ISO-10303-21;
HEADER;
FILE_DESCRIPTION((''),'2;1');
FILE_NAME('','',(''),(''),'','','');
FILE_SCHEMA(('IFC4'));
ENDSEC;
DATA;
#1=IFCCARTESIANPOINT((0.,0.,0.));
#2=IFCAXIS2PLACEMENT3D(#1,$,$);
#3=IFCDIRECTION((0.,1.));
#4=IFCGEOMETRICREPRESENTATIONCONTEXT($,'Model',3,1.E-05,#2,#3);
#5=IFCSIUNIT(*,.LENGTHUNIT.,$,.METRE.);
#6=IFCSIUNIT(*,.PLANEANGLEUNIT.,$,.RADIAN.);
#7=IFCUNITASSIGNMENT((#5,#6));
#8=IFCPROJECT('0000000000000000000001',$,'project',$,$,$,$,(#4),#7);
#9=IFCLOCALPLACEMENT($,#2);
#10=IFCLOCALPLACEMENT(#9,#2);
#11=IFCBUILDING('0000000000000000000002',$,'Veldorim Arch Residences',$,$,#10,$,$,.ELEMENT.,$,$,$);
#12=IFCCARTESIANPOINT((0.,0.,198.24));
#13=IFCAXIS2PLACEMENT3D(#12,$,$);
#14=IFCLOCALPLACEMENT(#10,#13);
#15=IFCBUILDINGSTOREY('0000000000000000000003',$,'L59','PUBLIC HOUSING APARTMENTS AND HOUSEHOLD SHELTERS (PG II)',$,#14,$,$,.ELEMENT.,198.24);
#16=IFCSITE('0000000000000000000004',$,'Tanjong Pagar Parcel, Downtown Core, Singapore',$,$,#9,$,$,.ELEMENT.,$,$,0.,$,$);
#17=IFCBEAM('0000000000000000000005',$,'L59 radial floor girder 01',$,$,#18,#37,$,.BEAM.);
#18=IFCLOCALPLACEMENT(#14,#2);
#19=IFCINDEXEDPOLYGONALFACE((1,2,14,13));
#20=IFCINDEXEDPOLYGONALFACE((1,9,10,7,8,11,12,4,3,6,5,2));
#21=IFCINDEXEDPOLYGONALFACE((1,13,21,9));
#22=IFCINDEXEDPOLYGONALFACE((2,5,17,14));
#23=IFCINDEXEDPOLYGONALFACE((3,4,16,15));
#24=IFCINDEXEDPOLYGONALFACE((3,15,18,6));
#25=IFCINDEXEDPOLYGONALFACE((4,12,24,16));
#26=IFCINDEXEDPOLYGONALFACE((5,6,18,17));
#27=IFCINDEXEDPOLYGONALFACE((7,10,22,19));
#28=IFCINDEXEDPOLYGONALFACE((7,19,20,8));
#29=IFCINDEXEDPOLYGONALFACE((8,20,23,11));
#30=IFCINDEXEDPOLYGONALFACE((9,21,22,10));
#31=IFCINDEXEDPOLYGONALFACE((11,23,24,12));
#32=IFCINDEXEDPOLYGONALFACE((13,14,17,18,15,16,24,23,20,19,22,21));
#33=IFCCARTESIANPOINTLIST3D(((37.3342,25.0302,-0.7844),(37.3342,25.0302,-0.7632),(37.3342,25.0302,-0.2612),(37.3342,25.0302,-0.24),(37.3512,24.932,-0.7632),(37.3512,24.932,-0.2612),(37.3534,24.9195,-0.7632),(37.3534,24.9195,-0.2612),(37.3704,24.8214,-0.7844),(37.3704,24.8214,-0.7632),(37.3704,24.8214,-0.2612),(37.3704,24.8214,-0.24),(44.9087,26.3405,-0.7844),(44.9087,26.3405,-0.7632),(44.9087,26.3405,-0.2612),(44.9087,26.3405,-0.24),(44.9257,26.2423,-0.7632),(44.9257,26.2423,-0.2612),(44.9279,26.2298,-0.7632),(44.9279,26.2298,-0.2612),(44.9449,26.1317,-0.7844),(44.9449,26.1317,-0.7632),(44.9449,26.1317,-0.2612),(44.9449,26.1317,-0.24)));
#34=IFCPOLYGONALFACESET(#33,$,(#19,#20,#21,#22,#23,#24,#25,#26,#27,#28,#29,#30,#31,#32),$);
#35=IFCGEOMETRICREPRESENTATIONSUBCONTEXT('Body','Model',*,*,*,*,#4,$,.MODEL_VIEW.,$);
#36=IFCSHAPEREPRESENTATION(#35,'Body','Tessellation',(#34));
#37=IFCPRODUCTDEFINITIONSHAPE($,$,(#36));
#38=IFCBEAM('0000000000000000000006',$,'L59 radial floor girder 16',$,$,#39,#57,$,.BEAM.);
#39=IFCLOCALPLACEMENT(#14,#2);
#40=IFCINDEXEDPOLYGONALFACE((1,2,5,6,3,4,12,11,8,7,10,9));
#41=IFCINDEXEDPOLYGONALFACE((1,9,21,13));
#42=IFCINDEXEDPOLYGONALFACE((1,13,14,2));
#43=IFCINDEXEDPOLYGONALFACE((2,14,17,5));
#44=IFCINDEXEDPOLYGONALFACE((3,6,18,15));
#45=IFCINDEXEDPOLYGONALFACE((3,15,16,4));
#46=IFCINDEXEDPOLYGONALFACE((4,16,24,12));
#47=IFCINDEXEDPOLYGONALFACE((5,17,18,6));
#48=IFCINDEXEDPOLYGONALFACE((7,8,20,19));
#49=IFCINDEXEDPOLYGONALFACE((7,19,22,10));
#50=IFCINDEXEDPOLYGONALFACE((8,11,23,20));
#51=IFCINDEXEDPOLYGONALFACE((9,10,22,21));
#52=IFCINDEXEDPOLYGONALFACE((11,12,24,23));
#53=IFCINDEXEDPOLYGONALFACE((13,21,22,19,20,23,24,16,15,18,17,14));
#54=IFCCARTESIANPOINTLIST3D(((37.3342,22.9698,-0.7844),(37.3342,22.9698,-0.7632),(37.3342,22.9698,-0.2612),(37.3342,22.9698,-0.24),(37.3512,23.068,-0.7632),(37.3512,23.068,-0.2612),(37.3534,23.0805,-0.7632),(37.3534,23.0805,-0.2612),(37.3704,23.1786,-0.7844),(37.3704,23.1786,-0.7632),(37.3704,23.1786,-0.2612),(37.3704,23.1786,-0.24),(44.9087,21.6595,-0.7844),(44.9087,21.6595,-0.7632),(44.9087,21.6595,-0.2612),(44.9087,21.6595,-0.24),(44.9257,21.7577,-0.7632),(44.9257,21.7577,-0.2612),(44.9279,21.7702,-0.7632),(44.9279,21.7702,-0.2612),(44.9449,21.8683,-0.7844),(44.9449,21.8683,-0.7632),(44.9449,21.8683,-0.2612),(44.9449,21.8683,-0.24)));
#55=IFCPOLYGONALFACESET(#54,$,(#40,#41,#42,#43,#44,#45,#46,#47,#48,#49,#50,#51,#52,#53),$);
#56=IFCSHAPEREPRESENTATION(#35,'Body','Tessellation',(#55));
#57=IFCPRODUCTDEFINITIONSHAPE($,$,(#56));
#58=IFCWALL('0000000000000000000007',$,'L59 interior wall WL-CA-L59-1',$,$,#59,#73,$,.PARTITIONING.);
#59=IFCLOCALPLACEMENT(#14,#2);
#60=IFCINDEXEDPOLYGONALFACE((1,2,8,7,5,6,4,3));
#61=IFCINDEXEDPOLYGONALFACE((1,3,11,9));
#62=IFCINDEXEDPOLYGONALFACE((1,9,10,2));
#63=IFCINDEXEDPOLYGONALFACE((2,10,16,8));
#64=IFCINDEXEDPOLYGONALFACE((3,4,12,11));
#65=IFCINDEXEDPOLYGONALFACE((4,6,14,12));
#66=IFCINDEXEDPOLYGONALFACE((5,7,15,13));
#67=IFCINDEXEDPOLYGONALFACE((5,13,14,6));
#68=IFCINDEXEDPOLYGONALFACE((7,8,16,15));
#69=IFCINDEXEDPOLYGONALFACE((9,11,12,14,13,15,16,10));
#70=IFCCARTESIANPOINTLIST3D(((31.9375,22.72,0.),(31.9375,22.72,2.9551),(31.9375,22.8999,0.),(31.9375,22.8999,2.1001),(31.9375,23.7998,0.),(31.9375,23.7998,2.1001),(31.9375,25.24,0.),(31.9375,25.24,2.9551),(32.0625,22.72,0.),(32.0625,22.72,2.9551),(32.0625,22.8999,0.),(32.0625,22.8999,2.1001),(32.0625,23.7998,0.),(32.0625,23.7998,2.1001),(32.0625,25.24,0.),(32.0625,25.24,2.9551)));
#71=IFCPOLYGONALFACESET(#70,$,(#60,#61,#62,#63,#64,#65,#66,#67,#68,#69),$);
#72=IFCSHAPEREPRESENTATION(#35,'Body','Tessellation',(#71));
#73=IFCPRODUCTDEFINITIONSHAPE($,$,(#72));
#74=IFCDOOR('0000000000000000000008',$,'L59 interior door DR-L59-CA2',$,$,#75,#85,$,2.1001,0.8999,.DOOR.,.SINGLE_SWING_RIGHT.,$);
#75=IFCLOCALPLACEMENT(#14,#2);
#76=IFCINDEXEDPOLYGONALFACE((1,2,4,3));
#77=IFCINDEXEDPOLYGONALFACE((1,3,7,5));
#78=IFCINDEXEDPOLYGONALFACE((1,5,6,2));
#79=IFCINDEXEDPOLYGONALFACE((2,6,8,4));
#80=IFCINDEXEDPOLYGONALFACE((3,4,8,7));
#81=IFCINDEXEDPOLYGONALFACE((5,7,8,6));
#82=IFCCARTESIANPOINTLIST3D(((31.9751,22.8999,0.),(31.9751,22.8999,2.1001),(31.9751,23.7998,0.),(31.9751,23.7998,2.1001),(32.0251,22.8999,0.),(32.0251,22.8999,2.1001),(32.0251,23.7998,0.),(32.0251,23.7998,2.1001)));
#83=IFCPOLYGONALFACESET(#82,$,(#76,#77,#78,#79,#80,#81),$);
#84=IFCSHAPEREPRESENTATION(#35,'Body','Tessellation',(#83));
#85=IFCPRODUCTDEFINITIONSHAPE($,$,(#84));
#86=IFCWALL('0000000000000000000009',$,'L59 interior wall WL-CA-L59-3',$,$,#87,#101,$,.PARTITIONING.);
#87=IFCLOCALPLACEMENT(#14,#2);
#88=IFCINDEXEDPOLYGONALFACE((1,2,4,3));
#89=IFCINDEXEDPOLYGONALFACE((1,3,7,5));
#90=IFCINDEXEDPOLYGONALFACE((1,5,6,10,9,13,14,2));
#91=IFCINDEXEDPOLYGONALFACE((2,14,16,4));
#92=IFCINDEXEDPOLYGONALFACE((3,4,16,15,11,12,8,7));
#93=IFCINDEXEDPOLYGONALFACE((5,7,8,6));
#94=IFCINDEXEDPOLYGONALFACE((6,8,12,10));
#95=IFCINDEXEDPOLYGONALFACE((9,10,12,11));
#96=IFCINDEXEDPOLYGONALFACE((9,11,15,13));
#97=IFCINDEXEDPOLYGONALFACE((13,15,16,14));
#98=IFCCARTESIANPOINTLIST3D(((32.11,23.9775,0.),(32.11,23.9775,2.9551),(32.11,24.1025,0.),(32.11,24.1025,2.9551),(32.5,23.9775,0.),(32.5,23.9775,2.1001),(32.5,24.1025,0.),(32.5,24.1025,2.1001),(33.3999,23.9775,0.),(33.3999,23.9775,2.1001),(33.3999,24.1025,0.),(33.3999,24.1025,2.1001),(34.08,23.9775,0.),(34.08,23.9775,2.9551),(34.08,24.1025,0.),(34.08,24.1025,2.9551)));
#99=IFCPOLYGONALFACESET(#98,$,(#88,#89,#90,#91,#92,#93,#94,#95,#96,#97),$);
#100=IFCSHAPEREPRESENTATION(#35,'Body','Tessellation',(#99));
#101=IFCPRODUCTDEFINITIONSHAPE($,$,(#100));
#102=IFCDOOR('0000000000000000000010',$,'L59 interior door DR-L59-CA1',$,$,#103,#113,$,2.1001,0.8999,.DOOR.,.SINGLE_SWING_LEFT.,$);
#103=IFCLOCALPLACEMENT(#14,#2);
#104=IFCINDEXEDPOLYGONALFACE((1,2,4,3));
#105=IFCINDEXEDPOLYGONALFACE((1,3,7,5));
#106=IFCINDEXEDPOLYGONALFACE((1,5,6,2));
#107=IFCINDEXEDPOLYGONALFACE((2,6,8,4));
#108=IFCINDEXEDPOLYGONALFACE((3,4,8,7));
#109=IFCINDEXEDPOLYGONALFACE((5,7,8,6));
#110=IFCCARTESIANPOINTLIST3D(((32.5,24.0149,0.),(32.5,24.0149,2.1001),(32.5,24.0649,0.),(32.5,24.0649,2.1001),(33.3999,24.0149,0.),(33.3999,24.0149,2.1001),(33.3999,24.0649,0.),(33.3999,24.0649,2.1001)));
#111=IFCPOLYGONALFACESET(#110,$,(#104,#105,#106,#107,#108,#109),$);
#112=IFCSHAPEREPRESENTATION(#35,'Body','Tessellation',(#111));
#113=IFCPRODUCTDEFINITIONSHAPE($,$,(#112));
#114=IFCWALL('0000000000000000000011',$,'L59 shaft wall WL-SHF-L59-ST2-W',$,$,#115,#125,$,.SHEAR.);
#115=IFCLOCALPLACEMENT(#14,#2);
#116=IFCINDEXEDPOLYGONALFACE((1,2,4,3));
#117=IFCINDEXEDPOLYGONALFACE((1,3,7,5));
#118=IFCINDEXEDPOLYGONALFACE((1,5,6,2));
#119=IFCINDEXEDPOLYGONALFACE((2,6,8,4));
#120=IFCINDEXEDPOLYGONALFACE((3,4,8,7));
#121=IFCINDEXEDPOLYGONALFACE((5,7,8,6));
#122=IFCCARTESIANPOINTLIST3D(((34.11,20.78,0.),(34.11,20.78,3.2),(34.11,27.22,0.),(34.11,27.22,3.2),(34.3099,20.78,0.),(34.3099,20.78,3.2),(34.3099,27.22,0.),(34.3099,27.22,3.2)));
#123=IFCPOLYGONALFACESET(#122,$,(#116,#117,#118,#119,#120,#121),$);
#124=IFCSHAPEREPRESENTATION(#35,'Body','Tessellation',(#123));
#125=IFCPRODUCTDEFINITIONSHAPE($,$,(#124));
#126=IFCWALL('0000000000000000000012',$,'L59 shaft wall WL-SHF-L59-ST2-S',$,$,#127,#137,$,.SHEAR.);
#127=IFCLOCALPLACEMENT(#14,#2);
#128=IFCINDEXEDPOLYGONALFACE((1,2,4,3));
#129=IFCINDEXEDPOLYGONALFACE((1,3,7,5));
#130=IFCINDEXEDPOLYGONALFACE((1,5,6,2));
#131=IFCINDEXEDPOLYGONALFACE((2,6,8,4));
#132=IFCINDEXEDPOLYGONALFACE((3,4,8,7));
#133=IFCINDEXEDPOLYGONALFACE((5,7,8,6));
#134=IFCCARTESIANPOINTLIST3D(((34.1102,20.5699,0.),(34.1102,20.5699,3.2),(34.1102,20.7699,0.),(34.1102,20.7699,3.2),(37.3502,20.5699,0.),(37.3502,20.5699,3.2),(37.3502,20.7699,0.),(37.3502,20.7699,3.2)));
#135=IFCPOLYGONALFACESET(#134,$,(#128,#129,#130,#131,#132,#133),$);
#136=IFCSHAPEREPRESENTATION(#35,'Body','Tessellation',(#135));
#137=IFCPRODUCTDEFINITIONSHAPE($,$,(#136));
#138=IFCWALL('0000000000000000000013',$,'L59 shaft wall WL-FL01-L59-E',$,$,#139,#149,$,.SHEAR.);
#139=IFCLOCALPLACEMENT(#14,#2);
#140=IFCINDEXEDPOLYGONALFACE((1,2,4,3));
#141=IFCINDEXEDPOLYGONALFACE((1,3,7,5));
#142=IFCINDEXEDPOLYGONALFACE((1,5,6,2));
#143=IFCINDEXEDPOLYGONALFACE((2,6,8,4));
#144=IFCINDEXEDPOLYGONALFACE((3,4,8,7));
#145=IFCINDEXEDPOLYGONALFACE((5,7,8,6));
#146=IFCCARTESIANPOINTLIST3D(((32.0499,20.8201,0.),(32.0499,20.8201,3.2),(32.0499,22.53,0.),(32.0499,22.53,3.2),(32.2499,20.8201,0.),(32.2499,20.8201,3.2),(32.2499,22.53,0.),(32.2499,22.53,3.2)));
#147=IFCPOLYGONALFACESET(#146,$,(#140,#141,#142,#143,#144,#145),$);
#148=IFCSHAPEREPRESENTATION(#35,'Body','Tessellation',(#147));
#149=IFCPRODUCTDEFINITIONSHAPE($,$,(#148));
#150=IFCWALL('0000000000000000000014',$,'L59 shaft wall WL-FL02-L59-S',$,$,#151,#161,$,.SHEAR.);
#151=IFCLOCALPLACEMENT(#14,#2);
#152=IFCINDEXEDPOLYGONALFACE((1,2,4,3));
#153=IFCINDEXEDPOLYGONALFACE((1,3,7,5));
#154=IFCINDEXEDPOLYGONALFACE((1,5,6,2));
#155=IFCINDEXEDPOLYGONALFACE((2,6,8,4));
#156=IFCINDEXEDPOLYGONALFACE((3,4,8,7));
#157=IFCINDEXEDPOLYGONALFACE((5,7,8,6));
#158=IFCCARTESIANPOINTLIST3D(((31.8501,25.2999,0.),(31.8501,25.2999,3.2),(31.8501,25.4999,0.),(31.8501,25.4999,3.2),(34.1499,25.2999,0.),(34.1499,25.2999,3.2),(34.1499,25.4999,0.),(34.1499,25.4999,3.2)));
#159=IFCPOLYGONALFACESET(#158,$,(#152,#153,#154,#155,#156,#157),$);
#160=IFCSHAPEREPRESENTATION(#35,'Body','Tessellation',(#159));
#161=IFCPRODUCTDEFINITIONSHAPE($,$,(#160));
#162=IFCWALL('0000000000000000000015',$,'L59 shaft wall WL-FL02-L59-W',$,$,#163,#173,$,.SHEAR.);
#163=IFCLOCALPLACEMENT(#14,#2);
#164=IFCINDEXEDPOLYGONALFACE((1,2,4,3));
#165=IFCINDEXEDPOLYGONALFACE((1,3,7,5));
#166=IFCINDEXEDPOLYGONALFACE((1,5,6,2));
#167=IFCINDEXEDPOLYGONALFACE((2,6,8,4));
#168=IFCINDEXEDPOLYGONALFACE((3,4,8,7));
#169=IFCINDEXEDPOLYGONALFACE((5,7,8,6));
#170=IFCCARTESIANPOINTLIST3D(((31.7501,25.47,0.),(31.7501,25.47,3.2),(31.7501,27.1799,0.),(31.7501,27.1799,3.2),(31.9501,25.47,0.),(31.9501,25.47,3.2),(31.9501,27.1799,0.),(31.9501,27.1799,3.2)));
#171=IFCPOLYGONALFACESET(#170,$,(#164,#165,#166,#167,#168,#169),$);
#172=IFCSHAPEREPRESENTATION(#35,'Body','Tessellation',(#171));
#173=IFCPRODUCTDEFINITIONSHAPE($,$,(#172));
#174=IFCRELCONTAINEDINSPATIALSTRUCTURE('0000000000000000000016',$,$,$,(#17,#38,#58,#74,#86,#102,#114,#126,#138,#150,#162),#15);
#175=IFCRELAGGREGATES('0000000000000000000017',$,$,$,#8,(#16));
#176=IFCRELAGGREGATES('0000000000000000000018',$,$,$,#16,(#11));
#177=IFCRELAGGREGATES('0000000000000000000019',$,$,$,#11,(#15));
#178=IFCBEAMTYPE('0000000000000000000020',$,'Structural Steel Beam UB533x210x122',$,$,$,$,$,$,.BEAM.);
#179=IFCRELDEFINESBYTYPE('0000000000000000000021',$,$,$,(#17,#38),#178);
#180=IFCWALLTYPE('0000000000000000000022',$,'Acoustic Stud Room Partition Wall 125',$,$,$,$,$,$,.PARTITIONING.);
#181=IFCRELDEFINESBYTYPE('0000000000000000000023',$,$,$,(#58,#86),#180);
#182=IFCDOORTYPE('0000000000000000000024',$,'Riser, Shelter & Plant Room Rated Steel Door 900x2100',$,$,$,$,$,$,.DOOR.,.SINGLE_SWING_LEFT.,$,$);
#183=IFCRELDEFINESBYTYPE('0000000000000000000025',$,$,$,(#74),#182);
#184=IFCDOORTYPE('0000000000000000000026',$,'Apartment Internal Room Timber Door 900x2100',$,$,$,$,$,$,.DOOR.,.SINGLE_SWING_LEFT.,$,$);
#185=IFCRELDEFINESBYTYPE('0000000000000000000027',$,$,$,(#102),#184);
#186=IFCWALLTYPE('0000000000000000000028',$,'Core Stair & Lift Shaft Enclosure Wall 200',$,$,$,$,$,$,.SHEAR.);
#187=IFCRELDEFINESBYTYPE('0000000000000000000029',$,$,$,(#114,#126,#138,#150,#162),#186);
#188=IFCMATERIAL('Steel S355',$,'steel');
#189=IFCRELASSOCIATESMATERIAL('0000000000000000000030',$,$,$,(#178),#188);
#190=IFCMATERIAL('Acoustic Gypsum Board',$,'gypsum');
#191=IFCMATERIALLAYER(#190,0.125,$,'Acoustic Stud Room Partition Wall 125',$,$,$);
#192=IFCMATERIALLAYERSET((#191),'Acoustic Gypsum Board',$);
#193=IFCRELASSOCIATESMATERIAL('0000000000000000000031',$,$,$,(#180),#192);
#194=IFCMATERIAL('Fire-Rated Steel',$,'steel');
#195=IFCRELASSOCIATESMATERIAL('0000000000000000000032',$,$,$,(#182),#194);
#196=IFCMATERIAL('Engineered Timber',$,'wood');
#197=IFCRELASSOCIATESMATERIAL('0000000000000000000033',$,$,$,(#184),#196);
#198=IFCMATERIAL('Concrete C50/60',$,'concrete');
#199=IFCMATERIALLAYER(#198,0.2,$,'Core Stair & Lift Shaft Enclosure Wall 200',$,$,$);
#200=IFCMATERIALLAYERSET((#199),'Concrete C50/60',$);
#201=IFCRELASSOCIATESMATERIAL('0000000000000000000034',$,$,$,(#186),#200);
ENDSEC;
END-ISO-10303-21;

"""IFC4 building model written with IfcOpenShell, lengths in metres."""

from ifc_helpers import new_model, si_unit, direction, frame, frame_2d, origin, origin_2d, place, context, subcontext, project, spatial, rectangle, i_section, extrude, material, layer, layer_set, material_profile, profile_set, type_object, element, fill, save


model = new_model("IFC4")

# Units and contexts
model_context = context("Model", 3, precision=1e-05, world=origin(), true_north=direction((0.0, 1.0)))
body_context = subcontext(model_context, "Body", "Model", "MODEL_VIEW")
ifc_project = project(units=[si_unit("LENGTHUNIT", "METRE"), si_unit("PLANEANGLEUNIT", "RADIAN")], contexts=[model_context])

# Site, building, storey
site_placement = place(None, origin())
site = spatial("IfcSite", under=ifc_project, at=site_placement, Name="Tanjong Pagar Parcel, Downtown Core, Singapore", CompositionType="ELEMENT", RefElevation=0.0)
building_placement = place(site_placement, origin())
building = spatial("IfcBuilding", under=site, at=building_placement, Name="Veldorim Arch Residences", CompositionType="ELEMENT")
storey_placement = place(building_placement, frame((0.0, 0.0, 198.24)))
storey = spatial("IfcBuildingStorey", under=building, at=storey_placement, Name="L59", Description="PUBLIC HOUSING APARTMENTS AND HOUSEHOLD SHELTERS (PG II)", CompositionType="ELEMENT", Elevation=198.24)

# Beams
ifc_material_1 = material(Name="Steel S355", Category="steel")
ifc_material_profile = material_profile(ifc_material_1, i_section(OverallWidth=0.2119, OverallDepth=0.5444, WebThickness=0.0127, FlangeThickness=0.0212, at=origin_2d()), Name="UB533x210x122")
ifc_profile_set = profile_set([ifc_material_profile], Name="Steel S355")
beam_type = type_object("IfcBeamType", Name="Structural Steel Beam UB533x210x122", PredefinedType="BEAM", material=ifc_profile_set)
for number, where, z_axis, x_axis, name in (
    (1, (37.3523, 24.9258, -0.5122), (0.985365, 0.170458, 0.0), (-0.170458, 0.985365, 0.0), "L59 radial floor girder 01"),
    (2, (37.3523, 23.0742, -0.5122), (0.985365, -0.170458, 0.0), (0.170458, 0.985365, 0.0), "L59 radial floor girder 16"),
):
    element("IfcBeam", number, at=place(storey_placement, frame(where, z_axis=z_axis, x_axis=x_axis)), inside=storey, type_object=beam_type, Name=name, PredefinedType="BEAM", context=body_context, shape_type="SweptSolid", body=[
        extrude(i_section(OverallWidth=0.2119, OverallDepth=0.5444, WebThickness=0.0127, FlangeThickness=0.0212, at=origin_2d()), origin(), (0.0, 0.0, 1.0), 7.687),
    ])

# Walls, openings, doors
ifc_material_2 = material(Name="Acoustic Gypsum Board", Category="gypsum")
ifc_layer_1 = layer(ifc_material_2, 0.125, Name="Acoustic Stud Room Partition Wall 125")
ifc_layer_set_1 = layer_set([ifc_layer_1], Name="Acoustic Gypsum Board")
wall_type_1 = type_object("IfcWallType", Name="Acoustic Stud Room Partition Wall 125", PredefinedType="PARTITIONING", material=ifc_layer_set_1)
wall_1_placement = place(storey_placement, frame((32.0, 22.72, 0.0), z_axis=(0.0, 0.0, 1.0), x_axis=(0.0, 1.0, 0.0)))
wall_1 = element("IfcWall", 3, at=wall_1_placement, inside=storey, type_object=wall_type_1, Name="L59 interior wall WL-CA-L59-1", PredefinedType="PARTITIONING", context=body_context, shape_type="SweptSolid", body=[
    extrude(rectangle(XDim=2.52, YDim=0.125, at=frame_2d((1.26, 0.0))), origin(), (0.0, 0.0, 1.0), 2.9551),
])
opening_1_placement = place(wall_1_placement, frame((0.1799, 0.0, 0.0)))
opening_1 = element("IfcOpeningElement", 4, at=opening_1_placement, cuts=wall_1, PredefinedType="OPENING", context=body_context, shape_type="SweptSolid", body=[
    extrude(rectangle(XDim=0.8999, YDim=2.1001, at=frame_2d((0.45, 1.05))), frame((0.0, 0.0725, 0.0), z_axis=(0.0, -1.0, 0.0), x_axis=(1.0, 0.0, 0.0)), (0.0, 0.0, 1.0), 0.145),
])
ifc_material_3 = material(Name="Fire-Rated Steel", Category="steel")
door_type_1 = type_object("IfcDoorType", Name="Riser, Shelter & Plant Room Rated Steel Door 900x2100", OperationType="SINGLE_SWING_LEFT", PredefinedType="DOOR", material=ifc_material_3)
door_1_placement = place(opening_1_placement, origin())
door_1 = element("IfcDoor", 5, at=door_1_placement, inside=storey, type_object=door_type_1, Name="L59 interior door DR-L59-CA2", OperationType="SINGLE_SWING_RIGHT", OverallHeight=2.1001, OverallWidth=0.8999, PredefinedType="DOOR", context=body_context, shape_type="SweptSolid", body=[
    extrude(rectangle(XDim=0.8999, YDim=2.1001, at=frame_2d((0.45, 1.05))), frame((0.0, 0.0249, 0.0), z_axis=(0.0, -1.0, 0.0), x_axis=(1.0, 0.0, 0.0)), (0.0, 0.0, 1.0), 0.05),
])
fill(opening_1, door_1)
wall_2_placement = place(storey_placement, frame((32.1101, 24.04, 0.0), z_axis=(0.0, 0.0, 1.0), x_axis=(1.0, 0.0, 0.0)))
wall_2 = element("IfcWall", 6, at=wall_2_placement, inside=storey, type_object=wall_type_1, Name="L59 interior wall WL-CA-L59-3", PredefinedType="PARTITIONING", context=body_context, shape_type="SweptSolid", body=[
    extrude(rectangle(XDim=1.97, YDim=0.125, at=frame_2d((0.9849, 0.0))), origin(), (0.0, 0.0, 1.0), 2.9551),
])
opening_2_placement = place(wall_2_placement, frame((0.3899, 0.0, 0.0)))
opening_2 = element("IfcOpeningElement", 7, at=opening_2_placement, cuts=wall_2, PredefinedType="OPENING", context=body_context, shape_type="SweptSolid", body=[
    extrude(rectangle(XDim=0.8999, YDim=2.1001, at=frame_2d((0.45, 1.05))), frame((0.0, 0.0725, 0.0), z_axis=(0.0, -1.0, 0.0), x_axis=(1.0, 0.0, 0.0)), (0.0, 0.0, 1.0), 0.145),
])
ifc_material_4 = material(Name="Engineered Timber", Category="wood")
door_type_2 = type_object("IfcDoorType", Name="Apartment Internal Room Timber Door 900x2100", OperationType="SINGLE_SWING_LEFT", PredefinedType="DOOR", material=ifc_material_4)
door_2_placement = place(opening_2_placement, origin())
door_2 = element("IfcDoor", 8, at=door_2_placement, inside=storey, type_object=door_type_2, Name="L59 interior door DR-L59-CA1", OperationType="SINGLE_SWING_LEFT", OverallHeight=2.1001, OverallWidth=0.8999, PredefinedType="DOOR", context=body_context, shape_type="SweptSolid", body=[
    extrude(rectangle(XDim=0.8999, YDim=2.1001, at=frame_2d((0.45, 1.05))), frame((0.0, 0.0249, 0.0), z_axis=(0.0, -1.0, 0.0), x_axis=(1.0, 0.0, 0.0)), (0.0, 0.0, 1.0), 0.05),
])
fill(opening_2, door_2)

# Walls
ifc_material_5 = material(Name="Concrete C50/60", Category="concrete")
ifc_layer_2 = layer(ifc_material_5, 0.2, Name="Core Stair & Lift Shaft Enclosure Wall 200")
ifc_layer_set_2 = layer_set([ifc_layer_2], Name="Concrete C50/60")
wall_type_2 = type_object("IfcWallType", Name="Core Stair & Lift Shaft Enclosure Wall 200", PredefinedType="SHEAR", material=ifc_layer_set_2)
wall_3_placement = place(storey_placement, frame((34.21, 20.78, 0.0), z_axis=(0.0, 0.0, 1.0), x_axis=(0.0, 1.0, 0.0)))
element("IfcWall", 9, at=wall_3_placement, inside=storey, type_object=wall_type_2, Name="L59 shaft wall WL-SHF-L59-ST2-W", PredefinedType="SHEAR", context=body_context, shape_type="SweptSolid", body=[
    extrude(rectangle(XDim=6.4399, YDim=0.2, at=frame_2d((3.22, 0.0))), origin(), (0.0, 0.0, 1.0), 3.2),
])
wall_4_placement = place(storey_placement, frame((34.1101, 20.6699, 0.0), z_axis=(0.0, 0.0, 1.0), x_axis=(1.0, 0.0, 0.0)))
element("IfcWall", 10, at=wall_4_placement, inside=storey, type_object=wall_type_2, Name="L59 shaft wall WL-SHF-L59-ST2-S", PredefinedType="SHEAR", context=body_context, shape_type="SweptSolid", body=[
    extrude(rectangle(XDim=3.24, YDim=0.2, at=frame_2d((1.6201, 0.0))), origin(), (0.0, 0.0, 1.0), 3.2),
])
wall_5_placement = place(storey_placement, frame((32.1499, 20.8201, 0.0), z_axis=(0.0, 0.0, 1.0), x_axis=(0.0, 1.0, 0.0)))
element("IfcWall", 11, at=wall_5_placement, inside=storey, type_object=wall_type_2, Name="L59 shaft wall WL-FL01-L59-E", PredefinedType="SHEAR", context=body_context, shape_type="SweptSolid", body=[
    extrude(rectangle(XDim=1.71, YDim=0.2, at=frame_2d((0.855, 0.0))), origin(), (0.0, 0.0, 1.0), 3.2),
])
wall_6_placement = place(storey_placement, frame((31.8501, 25.3999, 0.0), z_axis=(0.0, 0.0, 1.0), x_axis=(1.0, 0.0, 0.0)))
element("IfcWall", 12, at=wall_6_placement, inside=storey, type_object=wall_type_2, Name="L59 shaft wall WL-FL02-L59-S", PredefinedType="SHEAR", context=body_context, shape_type="SweptSolid", body=[
    extrude(rectangle(XDim=2.2998, YDim=0.2, at=frame_2d((1.1499, 0.0))), origin(), (0.0, 0.0, 1.0), 3.2),
])
wall_7_placement = place(storey_placement, frame((31.8501, 25.47, 0.0), z_axis=(0.0, 0.0, 1.0), x_axis=(0.0, 1.0, 0.0)))
element("IfcWall", 13, at=wall_7_placement, inside=storey, type_object=wall_type_2, Name="L59 shaft wall WL-FL02-L59-W", PredefinedType="SHEAR", context=body_context, shape_type="SweptSolid", body=[
    extrude(rectangle(XDim=1.71, YDim=0.2, at=frame_2d((0.855, 0.0))), origin(), (0.0, 0.0, 1.0), 3.2),
])

save(model, "model.ifc")
